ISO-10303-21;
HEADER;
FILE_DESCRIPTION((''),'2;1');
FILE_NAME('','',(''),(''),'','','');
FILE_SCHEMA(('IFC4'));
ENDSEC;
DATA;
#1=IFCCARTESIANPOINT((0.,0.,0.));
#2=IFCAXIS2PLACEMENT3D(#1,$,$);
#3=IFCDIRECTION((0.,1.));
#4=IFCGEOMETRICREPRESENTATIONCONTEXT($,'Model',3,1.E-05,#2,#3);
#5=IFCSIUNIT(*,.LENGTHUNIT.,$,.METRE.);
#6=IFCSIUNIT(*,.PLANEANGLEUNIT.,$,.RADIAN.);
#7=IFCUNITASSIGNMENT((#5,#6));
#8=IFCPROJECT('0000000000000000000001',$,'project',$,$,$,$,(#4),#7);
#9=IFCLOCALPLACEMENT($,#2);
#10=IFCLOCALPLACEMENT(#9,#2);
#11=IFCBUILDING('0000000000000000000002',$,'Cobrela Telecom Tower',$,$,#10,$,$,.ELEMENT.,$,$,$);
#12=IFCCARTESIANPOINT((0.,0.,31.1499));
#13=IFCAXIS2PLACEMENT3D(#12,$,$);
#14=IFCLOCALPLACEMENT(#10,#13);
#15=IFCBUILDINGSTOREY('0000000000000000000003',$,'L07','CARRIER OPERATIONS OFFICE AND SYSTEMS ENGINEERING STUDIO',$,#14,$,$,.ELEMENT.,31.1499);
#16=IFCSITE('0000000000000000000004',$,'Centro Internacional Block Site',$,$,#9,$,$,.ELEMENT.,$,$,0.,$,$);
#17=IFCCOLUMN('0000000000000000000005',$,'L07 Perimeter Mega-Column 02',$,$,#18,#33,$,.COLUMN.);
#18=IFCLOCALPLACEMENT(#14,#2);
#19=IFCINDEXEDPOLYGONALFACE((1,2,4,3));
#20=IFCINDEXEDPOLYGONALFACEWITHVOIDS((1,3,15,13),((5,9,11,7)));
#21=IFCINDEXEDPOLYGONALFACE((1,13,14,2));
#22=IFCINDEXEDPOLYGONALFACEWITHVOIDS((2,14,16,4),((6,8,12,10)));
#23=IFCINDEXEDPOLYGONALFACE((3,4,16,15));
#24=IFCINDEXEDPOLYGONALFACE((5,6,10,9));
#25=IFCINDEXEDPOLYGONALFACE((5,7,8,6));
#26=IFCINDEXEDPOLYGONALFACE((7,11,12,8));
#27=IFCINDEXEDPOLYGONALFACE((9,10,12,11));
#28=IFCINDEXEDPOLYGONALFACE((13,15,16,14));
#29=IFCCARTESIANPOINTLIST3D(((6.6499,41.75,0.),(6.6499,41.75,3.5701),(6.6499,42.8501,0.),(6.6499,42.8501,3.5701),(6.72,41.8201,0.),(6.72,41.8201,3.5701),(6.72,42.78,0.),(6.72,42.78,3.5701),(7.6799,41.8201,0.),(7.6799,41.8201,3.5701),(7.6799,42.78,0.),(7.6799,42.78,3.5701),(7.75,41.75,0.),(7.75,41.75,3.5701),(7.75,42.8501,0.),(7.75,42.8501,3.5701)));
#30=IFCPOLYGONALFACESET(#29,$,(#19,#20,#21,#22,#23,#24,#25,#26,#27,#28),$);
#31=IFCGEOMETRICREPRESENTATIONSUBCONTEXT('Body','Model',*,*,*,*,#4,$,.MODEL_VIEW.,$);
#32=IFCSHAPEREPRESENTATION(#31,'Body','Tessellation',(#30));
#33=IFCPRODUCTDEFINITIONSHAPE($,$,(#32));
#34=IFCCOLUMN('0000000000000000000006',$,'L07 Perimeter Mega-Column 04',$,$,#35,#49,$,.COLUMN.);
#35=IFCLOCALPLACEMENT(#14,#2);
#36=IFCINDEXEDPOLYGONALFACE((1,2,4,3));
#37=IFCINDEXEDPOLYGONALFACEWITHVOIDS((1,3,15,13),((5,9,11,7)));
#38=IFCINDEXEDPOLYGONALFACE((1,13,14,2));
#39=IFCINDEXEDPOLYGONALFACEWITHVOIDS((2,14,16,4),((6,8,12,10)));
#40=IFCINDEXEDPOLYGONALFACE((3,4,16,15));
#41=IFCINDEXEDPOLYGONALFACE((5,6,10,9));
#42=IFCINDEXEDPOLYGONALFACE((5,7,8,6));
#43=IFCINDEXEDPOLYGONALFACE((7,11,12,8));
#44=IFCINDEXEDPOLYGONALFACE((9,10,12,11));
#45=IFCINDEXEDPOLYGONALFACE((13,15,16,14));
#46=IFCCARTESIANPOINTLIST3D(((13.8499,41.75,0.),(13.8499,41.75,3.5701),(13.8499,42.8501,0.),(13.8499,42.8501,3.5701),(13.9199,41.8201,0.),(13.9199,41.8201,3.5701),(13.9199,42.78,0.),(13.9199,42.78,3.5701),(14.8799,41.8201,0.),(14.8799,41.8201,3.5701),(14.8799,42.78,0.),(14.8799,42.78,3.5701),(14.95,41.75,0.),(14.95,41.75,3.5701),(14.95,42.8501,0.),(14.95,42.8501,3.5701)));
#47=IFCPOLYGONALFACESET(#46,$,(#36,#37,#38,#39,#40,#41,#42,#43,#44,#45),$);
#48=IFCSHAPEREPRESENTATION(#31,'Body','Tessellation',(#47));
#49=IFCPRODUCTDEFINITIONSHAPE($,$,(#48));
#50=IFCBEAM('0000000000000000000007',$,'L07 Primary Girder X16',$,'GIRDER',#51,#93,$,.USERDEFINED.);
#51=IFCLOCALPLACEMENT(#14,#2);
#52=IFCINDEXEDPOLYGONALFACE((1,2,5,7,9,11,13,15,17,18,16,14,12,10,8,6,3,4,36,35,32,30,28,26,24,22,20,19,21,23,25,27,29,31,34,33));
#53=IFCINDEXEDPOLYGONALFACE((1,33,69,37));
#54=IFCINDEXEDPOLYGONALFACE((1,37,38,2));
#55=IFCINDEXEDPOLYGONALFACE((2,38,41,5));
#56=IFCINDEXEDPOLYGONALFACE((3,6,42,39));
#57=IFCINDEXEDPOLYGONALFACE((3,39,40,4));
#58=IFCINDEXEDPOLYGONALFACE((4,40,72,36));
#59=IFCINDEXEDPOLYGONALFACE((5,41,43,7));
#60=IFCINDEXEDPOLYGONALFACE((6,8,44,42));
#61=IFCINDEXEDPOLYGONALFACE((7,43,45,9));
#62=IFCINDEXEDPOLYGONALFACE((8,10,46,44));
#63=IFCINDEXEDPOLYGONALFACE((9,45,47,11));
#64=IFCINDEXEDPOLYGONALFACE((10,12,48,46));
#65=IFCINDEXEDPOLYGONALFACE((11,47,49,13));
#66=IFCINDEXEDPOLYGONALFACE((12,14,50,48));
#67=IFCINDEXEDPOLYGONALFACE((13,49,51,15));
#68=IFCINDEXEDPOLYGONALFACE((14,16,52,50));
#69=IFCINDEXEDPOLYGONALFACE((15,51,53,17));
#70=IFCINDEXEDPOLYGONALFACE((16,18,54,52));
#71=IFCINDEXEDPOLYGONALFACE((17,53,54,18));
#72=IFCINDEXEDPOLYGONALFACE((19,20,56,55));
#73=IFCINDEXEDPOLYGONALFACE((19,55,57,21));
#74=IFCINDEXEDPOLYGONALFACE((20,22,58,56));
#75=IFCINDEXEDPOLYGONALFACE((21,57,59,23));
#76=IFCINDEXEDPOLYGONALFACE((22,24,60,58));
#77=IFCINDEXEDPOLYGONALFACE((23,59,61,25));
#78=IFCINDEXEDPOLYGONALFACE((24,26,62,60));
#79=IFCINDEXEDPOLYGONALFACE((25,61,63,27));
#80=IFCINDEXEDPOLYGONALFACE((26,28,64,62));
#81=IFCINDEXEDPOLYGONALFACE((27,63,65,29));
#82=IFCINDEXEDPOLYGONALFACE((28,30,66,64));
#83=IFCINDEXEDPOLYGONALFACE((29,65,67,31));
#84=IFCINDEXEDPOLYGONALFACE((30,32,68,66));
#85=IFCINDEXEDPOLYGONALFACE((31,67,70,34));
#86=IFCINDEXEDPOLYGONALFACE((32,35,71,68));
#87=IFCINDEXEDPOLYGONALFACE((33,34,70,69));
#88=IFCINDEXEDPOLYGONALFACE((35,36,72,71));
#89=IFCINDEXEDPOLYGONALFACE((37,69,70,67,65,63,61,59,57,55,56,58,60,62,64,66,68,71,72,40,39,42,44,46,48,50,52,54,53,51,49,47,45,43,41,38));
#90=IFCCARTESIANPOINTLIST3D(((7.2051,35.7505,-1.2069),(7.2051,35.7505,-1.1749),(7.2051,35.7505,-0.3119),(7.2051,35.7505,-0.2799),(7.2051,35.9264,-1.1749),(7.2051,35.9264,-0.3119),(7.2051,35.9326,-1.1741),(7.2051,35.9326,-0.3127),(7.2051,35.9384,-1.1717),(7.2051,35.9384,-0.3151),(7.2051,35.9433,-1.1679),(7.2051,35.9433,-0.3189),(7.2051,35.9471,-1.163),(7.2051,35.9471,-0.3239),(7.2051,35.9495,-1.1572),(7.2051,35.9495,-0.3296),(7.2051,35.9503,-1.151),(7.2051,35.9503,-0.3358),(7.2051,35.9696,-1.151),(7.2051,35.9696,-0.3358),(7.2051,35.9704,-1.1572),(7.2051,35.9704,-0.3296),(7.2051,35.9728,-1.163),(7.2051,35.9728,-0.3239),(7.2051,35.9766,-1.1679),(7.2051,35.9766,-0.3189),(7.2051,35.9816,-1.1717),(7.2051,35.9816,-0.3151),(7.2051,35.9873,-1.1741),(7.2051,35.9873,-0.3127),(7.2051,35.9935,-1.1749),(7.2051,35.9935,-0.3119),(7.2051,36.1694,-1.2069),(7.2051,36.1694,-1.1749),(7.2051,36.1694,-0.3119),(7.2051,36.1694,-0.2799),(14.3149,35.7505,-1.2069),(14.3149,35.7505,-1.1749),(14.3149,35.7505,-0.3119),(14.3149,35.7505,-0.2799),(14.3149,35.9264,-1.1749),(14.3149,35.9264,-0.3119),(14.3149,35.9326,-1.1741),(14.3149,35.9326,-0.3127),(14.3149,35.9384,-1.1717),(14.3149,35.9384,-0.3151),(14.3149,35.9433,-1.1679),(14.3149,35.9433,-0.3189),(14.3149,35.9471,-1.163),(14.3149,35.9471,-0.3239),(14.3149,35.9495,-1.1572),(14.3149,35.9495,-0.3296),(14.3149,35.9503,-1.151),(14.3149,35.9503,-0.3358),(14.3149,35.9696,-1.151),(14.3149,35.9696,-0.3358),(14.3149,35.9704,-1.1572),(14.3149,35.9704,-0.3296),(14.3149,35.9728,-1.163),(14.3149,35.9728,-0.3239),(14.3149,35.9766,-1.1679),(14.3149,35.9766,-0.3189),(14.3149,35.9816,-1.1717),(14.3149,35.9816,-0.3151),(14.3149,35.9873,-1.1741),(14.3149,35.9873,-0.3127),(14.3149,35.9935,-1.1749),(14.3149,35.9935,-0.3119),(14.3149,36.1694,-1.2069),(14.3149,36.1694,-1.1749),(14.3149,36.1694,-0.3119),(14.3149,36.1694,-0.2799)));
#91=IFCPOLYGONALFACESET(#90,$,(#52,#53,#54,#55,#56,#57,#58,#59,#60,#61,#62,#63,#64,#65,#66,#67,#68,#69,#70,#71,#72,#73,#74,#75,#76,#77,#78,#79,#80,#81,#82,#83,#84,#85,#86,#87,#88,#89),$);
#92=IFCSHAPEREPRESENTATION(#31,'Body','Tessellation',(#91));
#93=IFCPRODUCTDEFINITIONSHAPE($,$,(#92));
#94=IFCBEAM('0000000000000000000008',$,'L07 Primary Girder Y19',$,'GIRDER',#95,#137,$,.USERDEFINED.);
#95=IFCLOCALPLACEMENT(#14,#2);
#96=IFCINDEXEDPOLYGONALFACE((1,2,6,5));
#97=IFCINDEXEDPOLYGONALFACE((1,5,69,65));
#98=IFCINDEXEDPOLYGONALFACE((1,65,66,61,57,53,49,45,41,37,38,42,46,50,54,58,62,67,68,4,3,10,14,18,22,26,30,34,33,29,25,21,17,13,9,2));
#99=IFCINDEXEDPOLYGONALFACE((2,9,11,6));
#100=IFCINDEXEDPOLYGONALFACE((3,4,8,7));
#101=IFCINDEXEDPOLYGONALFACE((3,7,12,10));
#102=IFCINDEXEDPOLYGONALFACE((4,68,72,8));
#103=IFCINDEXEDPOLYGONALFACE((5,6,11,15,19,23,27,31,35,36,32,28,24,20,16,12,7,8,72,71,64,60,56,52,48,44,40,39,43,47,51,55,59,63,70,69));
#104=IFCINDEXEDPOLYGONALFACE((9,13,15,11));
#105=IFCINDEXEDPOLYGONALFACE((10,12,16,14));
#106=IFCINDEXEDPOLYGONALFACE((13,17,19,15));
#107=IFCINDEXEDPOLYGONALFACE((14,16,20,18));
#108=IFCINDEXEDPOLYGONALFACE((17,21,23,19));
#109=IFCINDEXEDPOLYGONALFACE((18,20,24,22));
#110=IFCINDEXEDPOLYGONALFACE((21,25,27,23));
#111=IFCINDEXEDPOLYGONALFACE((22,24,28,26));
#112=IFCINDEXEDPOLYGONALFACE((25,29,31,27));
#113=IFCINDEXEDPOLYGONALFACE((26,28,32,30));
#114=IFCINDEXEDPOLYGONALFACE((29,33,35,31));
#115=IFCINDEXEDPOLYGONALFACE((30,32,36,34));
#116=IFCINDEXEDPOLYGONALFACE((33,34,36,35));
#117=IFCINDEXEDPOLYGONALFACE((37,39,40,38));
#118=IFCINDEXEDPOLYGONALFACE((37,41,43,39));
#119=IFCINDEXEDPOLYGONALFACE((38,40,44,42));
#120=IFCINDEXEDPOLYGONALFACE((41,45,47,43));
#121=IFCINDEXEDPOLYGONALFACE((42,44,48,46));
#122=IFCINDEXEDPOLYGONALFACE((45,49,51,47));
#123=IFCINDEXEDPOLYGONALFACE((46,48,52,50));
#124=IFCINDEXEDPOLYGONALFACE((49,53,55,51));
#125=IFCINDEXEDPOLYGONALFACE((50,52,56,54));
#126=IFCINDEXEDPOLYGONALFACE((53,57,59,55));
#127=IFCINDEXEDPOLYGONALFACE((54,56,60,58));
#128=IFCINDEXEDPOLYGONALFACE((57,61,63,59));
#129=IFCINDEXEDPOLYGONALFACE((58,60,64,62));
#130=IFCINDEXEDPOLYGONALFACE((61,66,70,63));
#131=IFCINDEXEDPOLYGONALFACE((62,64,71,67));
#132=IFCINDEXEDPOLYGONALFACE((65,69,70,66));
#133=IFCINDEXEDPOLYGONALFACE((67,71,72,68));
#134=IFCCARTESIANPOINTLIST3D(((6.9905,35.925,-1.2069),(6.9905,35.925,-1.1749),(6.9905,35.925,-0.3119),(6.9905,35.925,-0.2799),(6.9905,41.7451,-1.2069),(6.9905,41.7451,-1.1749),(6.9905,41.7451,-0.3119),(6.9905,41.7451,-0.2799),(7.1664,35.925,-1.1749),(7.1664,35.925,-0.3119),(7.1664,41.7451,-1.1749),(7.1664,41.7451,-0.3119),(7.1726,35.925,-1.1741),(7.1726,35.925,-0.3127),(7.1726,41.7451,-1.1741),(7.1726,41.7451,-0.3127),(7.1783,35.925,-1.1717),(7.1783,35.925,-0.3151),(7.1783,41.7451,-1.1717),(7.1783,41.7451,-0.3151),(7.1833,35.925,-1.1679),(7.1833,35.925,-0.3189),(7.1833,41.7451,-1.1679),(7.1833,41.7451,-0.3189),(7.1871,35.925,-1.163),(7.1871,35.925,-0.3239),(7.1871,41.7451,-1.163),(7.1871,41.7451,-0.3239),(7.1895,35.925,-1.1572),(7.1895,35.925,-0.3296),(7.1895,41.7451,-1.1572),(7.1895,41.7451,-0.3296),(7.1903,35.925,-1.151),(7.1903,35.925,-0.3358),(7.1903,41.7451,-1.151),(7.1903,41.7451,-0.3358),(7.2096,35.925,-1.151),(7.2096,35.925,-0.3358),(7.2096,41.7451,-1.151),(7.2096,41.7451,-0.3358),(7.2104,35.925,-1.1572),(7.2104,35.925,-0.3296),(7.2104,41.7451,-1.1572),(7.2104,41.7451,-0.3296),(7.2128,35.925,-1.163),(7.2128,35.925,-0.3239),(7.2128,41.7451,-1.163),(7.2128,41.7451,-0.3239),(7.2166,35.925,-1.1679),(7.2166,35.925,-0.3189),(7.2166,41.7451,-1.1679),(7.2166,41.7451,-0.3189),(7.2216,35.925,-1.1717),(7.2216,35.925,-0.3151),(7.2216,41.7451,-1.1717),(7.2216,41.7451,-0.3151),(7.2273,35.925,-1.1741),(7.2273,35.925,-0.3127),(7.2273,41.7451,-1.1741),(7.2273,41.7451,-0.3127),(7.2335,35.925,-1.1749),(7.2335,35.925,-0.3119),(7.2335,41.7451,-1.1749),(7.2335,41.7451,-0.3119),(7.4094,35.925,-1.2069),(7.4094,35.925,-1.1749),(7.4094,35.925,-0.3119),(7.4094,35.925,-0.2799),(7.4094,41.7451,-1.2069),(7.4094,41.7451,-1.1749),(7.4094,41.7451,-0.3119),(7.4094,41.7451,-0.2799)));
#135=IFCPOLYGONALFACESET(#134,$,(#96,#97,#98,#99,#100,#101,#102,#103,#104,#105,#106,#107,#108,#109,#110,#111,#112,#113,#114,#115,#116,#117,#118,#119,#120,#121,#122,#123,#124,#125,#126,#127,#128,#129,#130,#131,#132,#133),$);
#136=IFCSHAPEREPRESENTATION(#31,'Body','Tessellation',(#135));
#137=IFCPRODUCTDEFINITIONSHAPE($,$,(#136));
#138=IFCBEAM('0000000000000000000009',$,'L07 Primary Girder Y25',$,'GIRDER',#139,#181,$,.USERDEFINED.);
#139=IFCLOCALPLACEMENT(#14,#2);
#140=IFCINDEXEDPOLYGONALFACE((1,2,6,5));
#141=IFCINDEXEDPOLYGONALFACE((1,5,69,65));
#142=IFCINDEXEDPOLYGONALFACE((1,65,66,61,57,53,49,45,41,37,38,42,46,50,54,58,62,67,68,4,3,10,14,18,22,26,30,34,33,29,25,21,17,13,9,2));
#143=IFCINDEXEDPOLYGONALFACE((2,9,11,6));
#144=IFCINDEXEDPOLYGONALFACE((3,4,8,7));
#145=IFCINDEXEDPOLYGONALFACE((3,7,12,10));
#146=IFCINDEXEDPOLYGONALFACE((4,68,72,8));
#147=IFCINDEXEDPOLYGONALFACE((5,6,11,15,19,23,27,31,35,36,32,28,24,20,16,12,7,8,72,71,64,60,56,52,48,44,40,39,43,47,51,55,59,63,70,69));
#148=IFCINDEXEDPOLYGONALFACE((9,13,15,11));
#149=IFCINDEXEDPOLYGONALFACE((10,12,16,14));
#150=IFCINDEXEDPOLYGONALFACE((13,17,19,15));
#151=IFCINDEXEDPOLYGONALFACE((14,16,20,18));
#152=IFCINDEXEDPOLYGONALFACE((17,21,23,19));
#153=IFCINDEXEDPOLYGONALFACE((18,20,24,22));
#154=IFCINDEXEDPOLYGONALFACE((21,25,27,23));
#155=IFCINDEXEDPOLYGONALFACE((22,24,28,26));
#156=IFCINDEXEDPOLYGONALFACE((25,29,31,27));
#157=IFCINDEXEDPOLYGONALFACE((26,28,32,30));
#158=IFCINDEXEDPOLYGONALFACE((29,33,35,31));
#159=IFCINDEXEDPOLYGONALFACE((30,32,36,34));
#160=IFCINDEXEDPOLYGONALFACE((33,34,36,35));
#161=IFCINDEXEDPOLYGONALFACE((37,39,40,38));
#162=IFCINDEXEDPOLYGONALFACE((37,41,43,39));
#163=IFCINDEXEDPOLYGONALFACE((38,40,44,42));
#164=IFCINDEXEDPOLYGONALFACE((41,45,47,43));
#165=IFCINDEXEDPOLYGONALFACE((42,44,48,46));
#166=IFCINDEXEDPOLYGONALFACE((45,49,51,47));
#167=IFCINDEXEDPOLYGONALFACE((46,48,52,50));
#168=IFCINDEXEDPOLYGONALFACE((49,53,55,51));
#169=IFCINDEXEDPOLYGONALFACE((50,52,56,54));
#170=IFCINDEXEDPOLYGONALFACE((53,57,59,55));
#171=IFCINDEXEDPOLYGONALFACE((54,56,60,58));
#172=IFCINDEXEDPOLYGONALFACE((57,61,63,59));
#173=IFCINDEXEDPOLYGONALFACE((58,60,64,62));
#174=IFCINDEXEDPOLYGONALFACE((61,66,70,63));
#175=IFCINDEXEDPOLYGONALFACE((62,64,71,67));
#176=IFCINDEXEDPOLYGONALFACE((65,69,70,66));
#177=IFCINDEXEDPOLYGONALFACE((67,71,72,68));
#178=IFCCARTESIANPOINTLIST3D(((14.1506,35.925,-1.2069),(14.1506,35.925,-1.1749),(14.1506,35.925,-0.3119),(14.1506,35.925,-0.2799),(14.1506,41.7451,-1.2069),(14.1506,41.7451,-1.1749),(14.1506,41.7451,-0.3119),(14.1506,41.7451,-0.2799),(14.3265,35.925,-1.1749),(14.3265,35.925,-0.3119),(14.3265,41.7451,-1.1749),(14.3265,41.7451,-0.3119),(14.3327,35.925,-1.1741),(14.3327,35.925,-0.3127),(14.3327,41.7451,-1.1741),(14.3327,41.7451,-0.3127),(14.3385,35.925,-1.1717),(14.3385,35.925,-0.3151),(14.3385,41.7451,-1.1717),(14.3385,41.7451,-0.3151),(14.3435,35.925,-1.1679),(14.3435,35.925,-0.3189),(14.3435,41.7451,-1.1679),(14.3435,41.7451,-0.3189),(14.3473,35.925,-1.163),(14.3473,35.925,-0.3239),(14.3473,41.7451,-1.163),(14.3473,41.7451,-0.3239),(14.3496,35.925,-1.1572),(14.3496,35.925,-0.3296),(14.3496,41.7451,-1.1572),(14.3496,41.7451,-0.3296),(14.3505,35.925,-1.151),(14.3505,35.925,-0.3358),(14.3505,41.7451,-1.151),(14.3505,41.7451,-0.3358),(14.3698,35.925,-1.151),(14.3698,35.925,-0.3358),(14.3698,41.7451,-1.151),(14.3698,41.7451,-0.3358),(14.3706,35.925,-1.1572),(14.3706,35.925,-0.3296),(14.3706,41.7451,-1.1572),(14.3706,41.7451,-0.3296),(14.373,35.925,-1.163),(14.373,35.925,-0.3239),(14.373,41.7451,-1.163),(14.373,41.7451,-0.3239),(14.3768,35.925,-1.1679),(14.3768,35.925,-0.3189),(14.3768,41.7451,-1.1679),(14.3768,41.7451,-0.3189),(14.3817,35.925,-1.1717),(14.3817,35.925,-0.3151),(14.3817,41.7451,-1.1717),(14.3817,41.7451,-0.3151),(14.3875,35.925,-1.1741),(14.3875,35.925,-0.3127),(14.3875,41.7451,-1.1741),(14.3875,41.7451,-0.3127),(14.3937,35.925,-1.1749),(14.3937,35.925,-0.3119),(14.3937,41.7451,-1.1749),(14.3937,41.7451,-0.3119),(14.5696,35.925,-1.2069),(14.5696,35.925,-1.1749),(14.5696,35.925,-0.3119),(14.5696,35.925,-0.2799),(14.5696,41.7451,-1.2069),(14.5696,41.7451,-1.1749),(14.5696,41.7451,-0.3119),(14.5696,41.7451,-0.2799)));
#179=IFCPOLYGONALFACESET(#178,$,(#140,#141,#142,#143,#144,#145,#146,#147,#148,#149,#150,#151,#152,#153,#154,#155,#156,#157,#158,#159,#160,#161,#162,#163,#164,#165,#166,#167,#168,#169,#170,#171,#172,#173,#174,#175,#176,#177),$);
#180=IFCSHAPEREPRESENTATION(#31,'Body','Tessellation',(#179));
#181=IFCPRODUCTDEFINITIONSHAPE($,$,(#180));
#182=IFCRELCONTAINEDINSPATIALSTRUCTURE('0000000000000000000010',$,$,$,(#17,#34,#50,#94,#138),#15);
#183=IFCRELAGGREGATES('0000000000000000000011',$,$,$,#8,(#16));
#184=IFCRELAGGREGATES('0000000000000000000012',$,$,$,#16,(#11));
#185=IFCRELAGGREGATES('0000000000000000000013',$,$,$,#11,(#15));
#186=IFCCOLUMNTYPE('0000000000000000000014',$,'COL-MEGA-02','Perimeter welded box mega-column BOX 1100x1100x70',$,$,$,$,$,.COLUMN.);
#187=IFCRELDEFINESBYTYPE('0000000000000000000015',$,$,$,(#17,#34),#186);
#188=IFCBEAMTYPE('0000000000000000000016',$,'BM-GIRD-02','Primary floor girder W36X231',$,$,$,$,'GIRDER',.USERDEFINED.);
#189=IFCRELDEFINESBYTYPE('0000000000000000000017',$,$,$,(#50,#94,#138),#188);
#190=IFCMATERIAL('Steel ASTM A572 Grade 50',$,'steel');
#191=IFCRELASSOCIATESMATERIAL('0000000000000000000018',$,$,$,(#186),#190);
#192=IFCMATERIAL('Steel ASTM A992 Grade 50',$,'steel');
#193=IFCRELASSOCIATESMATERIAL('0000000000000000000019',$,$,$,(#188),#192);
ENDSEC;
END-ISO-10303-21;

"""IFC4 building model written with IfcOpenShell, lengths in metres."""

from ifc_helpers import new_model, si_unit, direction, frame, origin, origin_2d, place, context, subcontext, project, spatial, hollow_rectangle, i_section, extrude, material, material_profile, profile_set, type_object, element, save


model = new_model("IFC4")

# Units and contexts
model_context = context("Model", 3, precision=1e-05, world=origin(), true_north=direction((0.0, 1.0)))
body_context = subcontext(model_context, "Body", "Model", "MODEL_VIEW")
ifc_project = project(units=[si_unit("LENGTHUNIT", "METRE"), si_unit("PLANEANGLEUNIT", "RADIAN")], contexts=[model_context])

# Site, building, storey
site_placement = place(None, origin())
site = spatial("IfcSite", under=ifc_project, at=site_placement, Name="Centro Internacional Block Site", CompositionType="ELEMENT", RefElevation=0.0)
building_placement = place(site_placement, origin())
building = spatial("IfcBuilding", under=site, at=building_placement, Name="Cobrela Telecom Tower", CompositionType="ELEMENT")
storey_placement = place(building_placement, frame((0.0, 0.0, 31.1499)))
storey = spatial("IfcBuildingStorey", under=building, at=storey_placement, Name="L07", Description="CARRIER OPERATIONS OFFICE AND SYSTEMS ENGINEERING STUDIO", CompositionType="ELEMENT", Elevation=31.1499)

# Columns
ifc_material_1 = material(Name="Steel ASTM A572 Grade 50", Category="steel")
ifc_material_profile_1 = material_profile(ifc_material_1, hollow_rectangle(XDim=1.1001, YDim=1.1001, WallThickness=0.0701, at=origin_2d()), Name="BOX 1100x1100x70")
ifc_profile_set_1 = profile_set([ifc_material_profile_1], Name="Steel ASTM A572 Grade 50")
column_type = type_object("IfcColumnType", Name="COL-MEGA-02", Description="Perimeter welded box mega-column BOX 1100x1100x70", PredefinedType="COLUMN", material=ifc_profile_set_1)
for number, where, z_axis, x_axis, name in (
    (1, (7.2, 42.3, 0.0), (0.0, 0.0, 1.0), (1.0, 0.0, 0.0), "L07 Perimeter Mega-Column 02"),
    (2, (14.3999, 42.3, 0.0), (0.0, 0.0, 1.0), (1.0, 0.0, 0.0), "L07 Perimeter Mega-Column 04"),
):
    element("IfcColumn", number, at=place(storey_placement, frame(where, z_axis=z_axis, x_axis=x_axis)), inside=storey, type_object=column_type, Name=name, PredefinedType="COLUMN", context=body_context, shape_type="SweptSolid", body=[
        extrude(hollow_rectangle(XDim=1.1001, YDim=1.1001, WallThickness=0.0701, at=origin_2d()), origin(), (0.0, 0.0, 1.0), 3.5701),
    ])

# Beams
ifc_material_2 = material(Name="Steel ASTM A992 Grade 50", Category="steel")
ifc_material_profile_2 = material_profile(ifc_material_2, i_section(OverallWidth=0.4189, OverallDepth=0.927, WebThickness=0.0193, FlangeThickness=0.032, FilletRadius=0.0239, at=origin_2d()), Name="W36X231")
ifc_profile_set_2 = profile_set([ifc_material_profile_2], Name="Steel ASTM A992 Grade 50")
beam_type_1 = type_object("IfcBeamType", Name="BM-GIRD-02", Description="Primary floor girder W36X231", ElementType="GIRDER", PredefinedType="USERDEFINED", material=ifc_profile_set_2)
beam_1_placement = place(storey_placement, frame((7.2051, 35.96, -0.7434), z_axis=(1.0, 0.0, 0.0), x_axis=(0.0, 1.0, 0.0)))
element("IfcBeam", 3, at=beam_1_placement, inside=storey, type_object=beam_type_1, Name="L07 Primary Girder X16", ObjectType="GIRDER", PredefinedType="USERDEFINED", context=body_context, shape_type="SweptSolid", body=[
    extrude(i_section(OverallWidth=0.4189, OverallDepth=0.927, WebThickness=0.0193, FlangeThickness=0.032, FilletRadius=0.0239, at=origin_2d()), origin(), (0.0, 0.0, 1.0), 7.1099),
])
for number, where, z_axis, x_axis, name in (
    (4, (7.2, 35.925, -0.7434), (0.0, 1.0, 0.0), (-1.0, 0.0, 0.0), "L07 Primary Girder Y19"),
    (5, (14.3601, 35.925, -0.7434), (0.0, 1.0, 0.0), (-1.0, 0.0, 0.0), "L07 Primary Girder Y25"),
):
    element("IfcBeam", number, at=place(storey_placement, frame(where, z_axis=z_axis, x_axis=x_axis)), inside=storey, type_object=beam_type_1, Name=name, ObjectType="GIRDER", PredefinedType="USERDEFINED", context=body_context, shape_type="SweptSolid", body=[
        extrude(i_section(OverallWidth=0.4189, OverallDepth=0.927, WebThickness=0.0193, FlangeThickness=0.032, FilletRadius=0.0239, at=origin_2d()), origin(), (0.0, 0.0, 1.0), 5.8201),
    ])

save(model, "model.ifc")
